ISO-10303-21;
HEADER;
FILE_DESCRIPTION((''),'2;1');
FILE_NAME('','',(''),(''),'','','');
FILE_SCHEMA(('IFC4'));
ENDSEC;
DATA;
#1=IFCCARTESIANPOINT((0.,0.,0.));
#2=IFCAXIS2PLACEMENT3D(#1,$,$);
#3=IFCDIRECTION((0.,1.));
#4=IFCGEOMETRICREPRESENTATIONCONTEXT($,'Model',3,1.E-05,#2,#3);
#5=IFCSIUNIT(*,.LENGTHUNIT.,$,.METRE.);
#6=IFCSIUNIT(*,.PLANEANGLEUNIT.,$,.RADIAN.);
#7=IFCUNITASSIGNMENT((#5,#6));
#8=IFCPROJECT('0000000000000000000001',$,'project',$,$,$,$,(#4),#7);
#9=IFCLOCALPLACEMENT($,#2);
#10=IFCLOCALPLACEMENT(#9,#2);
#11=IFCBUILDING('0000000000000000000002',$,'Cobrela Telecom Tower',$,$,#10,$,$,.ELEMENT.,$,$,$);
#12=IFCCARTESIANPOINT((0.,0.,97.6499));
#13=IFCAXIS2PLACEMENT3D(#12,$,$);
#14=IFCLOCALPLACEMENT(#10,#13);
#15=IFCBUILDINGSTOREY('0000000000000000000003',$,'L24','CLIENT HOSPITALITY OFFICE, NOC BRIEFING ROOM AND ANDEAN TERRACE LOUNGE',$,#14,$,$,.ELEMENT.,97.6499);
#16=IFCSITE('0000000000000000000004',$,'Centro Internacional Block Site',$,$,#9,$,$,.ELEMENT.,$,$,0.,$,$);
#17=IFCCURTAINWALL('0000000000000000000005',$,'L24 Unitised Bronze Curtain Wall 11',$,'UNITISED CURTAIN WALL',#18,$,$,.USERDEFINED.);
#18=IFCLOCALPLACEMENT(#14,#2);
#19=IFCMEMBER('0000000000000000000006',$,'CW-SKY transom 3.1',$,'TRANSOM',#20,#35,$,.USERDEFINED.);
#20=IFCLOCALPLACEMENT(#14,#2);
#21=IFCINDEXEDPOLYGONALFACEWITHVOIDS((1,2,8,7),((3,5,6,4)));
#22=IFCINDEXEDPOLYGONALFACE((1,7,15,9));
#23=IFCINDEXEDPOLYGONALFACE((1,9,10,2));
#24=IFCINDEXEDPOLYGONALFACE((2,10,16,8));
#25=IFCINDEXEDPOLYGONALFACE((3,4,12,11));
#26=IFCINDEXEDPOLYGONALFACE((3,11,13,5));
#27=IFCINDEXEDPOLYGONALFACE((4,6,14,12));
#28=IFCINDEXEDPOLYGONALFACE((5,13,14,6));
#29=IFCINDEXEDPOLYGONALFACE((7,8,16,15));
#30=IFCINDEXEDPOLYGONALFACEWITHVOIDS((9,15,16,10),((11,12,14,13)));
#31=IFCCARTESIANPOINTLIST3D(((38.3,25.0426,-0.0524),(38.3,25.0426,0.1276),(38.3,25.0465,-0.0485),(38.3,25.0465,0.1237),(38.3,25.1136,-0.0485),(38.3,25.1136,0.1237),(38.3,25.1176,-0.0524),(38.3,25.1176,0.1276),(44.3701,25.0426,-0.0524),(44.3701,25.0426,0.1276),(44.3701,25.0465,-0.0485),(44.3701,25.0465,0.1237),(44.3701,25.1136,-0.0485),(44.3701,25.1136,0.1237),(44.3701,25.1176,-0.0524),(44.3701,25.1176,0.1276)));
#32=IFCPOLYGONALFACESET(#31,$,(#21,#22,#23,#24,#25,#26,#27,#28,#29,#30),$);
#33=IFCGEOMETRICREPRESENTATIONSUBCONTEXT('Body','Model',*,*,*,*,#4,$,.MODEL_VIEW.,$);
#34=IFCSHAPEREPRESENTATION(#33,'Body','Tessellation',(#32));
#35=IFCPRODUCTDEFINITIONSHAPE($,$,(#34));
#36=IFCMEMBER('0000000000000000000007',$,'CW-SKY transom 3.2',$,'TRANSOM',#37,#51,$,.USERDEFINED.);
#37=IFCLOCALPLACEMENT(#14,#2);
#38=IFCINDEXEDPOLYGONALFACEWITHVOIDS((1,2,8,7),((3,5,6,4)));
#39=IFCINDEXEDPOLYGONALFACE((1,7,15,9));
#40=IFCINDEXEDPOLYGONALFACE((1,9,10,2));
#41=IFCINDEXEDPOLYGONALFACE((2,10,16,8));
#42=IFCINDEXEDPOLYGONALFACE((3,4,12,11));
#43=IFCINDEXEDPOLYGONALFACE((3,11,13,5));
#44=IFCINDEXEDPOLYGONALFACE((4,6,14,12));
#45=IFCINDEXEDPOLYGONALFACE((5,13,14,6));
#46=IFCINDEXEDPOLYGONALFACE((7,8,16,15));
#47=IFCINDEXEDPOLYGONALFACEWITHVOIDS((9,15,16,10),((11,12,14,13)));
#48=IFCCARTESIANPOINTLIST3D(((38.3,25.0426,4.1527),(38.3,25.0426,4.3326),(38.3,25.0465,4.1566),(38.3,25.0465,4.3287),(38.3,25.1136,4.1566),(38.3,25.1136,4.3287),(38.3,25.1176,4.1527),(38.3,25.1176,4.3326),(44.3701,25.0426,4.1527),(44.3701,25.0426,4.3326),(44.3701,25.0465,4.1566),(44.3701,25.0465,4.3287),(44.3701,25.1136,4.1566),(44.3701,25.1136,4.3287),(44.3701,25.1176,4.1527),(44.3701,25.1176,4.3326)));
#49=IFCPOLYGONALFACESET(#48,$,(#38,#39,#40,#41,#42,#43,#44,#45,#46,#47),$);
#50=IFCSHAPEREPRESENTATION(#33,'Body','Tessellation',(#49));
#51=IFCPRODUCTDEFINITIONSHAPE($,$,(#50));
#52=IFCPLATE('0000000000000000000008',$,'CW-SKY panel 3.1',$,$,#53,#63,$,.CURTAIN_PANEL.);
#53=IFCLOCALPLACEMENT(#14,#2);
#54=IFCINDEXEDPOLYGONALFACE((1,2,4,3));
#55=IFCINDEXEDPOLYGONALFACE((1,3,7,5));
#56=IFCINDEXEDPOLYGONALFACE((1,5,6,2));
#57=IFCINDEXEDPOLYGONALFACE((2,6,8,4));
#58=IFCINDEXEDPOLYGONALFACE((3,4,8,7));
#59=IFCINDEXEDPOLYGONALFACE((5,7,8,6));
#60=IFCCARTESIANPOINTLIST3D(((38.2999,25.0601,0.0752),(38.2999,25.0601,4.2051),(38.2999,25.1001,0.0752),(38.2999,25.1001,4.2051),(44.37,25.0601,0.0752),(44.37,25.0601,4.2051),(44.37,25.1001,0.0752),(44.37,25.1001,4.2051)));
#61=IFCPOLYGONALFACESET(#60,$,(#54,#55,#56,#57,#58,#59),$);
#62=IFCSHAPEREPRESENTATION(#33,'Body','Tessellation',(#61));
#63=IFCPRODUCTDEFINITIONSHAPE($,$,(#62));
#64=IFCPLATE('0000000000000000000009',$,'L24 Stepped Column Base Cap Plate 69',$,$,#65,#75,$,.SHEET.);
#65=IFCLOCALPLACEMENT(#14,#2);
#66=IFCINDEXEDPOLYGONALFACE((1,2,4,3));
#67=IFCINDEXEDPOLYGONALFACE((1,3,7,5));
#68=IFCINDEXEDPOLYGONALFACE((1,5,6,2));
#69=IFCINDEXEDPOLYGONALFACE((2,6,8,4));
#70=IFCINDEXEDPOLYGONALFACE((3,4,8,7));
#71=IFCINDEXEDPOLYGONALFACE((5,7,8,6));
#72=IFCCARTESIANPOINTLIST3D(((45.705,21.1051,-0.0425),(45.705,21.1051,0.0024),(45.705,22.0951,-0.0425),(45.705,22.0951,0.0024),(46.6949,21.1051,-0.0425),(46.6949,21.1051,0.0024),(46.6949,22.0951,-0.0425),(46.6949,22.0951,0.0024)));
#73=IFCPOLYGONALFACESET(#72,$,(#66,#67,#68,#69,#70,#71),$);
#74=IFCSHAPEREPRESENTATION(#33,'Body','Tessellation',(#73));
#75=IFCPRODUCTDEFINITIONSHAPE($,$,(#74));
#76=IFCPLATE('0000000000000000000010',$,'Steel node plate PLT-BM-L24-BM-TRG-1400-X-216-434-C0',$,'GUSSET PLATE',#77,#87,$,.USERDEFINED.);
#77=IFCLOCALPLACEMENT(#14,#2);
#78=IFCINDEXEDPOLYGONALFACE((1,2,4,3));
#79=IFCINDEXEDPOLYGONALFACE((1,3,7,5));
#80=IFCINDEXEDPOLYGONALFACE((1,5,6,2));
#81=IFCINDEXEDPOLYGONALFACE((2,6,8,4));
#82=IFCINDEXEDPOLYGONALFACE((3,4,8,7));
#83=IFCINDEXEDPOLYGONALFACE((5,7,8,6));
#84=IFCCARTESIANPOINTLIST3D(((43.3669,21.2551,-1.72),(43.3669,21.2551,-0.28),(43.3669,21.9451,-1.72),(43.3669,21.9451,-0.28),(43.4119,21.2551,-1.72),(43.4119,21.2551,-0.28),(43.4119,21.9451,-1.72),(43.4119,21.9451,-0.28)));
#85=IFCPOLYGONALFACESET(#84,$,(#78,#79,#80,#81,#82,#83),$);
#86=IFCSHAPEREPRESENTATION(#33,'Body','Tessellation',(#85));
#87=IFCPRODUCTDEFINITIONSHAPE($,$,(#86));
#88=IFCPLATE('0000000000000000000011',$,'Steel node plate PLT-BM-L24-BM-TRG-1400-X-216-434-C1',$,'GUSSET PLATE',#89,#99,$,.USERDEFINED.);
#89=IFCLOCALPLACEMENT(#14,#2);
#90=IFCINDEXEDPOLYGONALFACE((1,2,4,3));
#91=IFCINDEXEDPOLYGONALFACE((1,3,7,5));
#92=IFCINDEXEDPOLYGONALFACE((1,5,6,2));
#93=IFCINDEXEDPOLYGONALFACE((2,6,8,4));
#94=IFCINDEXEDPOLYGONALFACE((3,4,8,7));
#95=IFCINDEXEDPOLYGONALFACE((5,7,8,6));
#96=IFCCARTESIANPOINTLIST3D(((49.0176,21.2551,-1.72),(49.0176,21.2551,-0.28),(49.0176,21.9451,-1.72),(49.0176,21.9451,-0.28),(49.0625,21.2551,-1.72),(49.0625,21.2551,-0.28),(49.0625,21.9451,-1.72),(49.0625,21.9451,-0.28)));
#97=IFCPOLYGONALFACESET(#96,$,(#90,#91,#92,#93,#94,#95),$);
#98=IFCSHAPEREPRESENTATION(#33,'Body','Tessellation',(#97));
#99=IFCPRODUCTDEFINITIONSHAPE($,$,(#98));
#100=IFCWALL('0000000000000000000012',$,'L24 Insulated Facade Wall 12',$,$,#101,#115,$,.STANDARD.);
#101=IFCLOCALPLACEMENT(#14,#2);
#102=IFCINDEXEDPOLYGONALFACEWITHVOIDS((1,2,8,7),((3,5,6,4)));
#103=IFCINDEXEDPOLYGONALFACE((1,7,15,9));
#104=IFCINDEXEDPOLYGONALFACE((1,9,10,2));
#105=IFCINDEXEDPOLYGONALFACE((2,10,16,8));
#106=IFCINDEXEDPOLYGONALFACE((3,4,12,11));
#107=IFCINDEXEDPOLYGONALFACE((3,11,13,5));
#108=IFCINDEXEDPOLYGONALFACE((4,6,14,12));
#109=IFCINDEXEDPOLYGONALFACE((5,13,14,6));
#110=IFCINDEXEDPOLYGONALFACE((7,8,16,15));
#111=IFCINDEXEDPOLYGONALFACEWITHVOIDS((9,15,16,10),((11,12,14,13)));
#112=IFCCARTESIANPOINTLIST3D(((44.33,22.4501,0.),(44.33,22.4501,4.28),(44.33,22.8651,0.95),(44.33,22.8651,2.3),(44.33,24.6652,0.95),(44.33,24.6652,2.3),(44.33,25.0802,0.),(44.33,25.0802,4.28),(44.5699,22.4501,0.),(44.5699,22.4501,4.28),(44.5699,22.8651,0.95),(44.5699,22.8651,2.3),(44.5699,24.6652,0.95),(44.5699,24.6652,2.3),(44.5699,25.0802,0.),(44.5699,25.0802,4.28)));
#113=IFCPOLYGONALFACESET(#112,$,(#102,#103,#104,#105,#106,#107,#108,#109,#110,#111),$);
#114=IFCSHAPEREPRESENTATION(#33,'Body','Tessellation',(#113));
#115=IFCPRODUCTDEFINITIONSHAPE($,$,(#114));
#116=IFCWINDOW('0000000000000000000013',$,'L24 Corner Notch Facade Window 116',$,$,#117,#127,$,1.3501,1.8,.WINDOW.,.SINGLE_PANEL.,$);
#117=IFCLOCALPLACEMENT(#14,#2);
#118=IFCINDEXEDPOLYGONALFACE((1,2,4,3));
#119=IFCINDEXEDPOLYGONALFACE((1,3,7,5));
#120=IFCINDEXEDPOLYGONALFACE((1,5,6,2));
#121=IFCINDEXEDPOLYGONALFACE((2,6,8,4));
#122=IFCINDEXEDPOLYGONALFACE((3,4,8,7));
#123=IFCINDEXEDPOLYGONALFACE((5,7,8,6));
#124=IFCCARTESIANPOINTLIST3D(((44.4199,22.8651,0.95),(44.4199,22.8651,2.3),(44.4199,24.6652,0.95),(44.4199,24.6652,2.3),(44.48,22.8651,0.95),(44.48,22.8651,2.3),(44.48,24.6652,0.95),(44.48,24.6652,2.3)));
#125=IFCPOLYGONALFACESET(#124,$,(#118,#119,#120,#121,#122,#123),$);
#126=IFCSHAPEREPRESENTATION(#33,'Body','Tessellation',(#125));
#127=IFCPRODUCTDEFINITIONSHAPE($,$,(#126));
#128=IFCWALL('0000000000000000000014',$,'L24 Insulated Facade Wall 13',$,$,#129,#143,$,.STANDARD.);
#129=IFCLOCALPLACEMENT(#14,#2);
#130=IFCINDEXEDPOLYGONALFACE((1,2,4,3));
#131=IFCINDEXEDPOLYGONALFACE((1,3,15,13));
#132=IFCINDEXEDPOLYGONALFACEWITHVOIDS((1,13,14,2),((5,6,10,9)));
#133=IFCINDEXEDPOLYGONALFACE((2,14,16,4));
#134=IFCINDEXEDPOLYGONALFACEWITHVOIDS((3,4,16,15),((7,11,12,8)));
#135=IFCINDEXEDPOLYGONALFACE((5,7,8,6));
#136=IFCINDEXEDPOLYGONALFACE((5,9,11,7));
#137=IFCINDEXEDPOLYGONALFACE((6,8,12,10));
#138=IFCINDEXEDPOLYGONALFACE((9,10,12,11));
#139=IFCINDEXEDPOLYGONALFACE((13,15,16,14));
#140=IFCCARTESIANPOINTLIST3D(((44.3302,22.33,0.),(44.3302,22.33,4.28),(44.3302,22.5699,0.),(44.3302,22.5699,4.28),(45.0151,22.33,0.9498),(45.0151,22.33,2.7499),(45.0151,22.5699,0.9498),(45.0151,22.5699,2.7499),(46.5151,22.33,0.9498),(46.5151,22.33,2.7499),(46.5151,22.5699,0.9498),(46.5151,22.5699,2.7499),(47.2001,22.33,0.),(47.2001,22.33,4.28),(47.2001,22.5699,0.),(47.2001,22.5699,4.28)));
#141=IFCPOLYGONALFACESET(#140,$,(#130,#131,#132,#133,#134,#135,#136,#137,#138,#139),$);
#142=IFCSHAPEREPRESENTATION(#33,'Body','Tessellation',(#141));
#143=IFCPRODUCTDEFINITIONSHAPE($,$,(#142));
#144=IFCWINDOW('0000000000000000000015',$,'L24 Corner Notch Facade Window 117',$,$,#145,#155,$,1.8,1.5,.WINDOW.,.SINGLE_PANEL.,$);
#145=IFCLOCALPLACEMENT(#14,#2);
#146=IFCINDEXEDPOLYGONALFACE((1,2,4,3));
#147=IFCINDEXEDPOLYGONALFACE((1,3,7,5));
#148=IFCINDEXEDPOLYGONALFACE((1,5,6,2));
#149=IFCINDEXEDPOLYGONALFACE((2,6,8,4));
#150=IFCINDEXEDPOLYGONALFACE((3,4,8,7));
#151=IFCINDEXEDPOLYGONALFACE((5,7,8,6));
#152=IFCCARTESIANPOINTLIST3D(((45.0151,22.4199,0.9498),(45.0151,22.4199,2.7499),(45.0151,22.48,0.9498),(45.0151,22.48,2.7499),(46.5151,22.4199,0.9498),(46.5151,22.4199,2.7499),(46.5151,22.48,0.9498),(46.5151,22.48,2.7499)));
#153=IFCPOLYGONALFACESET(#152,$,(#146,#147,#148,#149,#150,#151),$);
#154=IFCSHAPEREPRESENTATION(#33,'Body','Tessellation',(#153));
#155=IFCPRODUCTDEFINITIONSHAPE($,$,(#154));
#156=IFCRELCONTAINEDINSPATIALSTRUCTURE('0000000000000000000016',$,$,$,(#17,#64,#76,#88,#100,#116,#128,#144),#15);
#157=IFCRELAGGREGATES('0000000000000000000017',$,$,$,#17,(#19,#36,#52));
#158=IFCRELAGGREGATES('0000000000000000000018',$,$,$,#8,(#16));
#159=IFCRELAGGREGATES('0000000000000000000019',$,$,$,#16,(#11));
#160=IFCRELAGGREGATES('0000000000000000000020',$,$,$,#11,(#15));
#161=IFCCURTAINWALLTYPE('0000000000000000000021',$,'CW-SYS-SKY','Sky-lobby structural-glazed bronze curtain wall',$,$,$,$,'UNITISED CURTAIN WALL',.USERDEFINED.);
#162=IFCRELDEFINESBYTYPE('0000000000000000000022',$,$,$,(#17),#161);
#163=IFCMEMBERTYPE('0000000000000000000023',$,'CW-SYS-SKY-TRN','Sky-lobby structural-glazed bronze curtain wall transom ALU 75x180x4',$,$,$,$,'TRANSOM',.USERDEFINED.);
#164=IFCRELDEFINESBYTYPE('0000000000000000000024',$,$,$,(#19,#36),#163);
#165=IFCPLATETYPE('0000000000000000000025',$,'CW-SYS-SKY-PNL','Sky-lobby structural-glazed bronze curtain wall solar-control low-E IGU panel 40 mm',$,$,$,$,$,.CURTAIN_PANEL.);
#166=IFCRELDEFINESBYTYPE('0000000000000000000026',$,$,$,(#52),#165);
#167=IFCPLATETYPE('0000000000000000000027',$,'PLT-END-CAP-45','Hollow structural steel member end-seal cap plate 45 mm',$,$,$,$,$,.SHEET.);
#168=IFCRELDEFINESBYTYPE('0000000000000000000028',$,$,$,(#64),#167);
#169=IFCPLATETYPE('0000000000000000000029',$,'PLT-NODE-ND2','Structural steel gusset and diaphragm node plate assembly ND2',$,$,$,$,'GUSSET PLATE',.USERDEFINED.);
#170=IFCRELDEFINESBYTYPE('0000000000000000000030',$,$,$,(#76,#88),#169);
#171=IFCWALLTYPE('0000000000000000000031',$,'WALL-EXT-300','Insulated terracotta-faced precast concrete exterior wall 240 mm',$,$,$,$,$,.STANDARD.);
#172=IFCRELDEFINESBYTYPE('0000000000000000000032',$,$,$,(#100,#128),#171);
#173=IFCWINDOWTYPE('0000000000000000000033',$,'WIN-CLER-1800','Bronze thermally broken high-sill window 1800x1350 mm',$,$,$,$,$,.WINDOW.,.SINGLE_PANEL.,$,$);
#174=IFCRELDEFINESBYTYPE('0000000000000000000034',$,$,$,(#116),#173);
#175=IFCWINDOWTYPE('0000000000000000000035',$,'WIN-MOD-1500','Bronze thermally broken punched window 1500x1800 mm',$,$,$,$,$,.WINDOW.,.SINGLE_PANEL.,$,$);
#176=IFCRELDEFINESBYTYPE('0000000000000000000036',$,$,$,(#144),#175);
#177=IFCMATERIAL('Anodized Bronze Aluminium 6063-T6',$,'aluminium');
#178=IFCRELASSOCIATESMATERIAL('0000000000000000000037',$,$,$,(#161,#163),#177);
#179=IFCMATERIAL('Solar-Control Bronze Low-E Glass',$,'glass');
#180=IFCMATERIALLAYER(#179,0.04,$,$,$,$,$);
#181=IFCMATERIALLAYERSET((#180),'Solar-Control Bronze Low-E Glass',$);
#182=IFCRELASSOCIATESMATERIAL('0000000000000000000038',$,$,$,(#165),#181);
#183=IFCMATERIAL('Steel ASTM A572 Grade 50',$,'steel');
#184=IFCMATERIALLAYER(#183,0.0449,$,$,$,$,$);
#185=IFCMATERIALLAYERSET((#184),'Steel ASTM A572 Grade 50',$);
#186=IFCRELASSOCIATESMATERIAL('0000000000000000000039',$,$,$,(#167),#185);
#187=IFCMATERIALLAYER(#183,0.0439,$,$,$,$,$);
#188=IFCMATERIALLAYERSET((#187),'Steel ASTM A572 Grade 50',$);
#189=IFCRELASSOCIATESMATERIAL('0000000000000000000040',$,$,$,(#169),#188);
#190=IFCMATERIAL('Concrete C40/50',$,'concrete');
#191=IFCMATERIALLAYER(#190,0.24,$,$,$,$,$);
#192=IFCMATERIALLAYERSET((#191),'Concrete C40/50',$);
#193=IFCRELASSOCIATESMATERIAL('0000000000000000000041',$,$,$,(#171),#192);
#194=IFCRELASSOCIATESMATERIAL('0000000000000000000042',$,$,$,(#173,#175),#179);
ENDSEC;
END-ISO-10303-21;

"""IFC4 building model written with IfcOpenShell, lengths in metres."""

from ifc_helpers import new_model, si_unit, direction, frame, frame_2d, origin, origin_2d, place, context, subcontext, project, spatial, rectangle, hollow_rectangle, extrude, material, layer, layer_set, material_profile, profile_set, type_object, element, fill, aggregate, save


model = new_model("IFC4")

# Units and contexts
model_context = context("Model", 3, precision=1e-05, world=origin(), true_north=direction((0.0, 1.0)))
body_context = subcontext(model_context, "Body", "Model", "MODEL_VIEW")
ifc_project = project(units=[si_unit("LENGTHUNIT", "METRE"), si_unit("PLANEANGLEUNIT", "RADIAN")], contexts=[model_context])

# Site, building, storey
site_placement = place(None, origin())
site = spatial("IfcSite", under=ifc_project, at=site_placement, Name="Centro Internacional Block Site", CompositionType="ELEMENT", RefElevation=0.0)
building_placement = place(site_placement, origin())
building = spatial("IfcBuilding", under=site, at=building_placement, Name="Cobrela Telecom Tower", CompositionType="ELEMENT")
storey_placement = place(building_placement, frame((0.0, 0.0, 97.6499)))
storey = spatial("IfcBuildingStorey", under=building, at=storey_placement, Name="L24", Description="CLIENT HOSPITALITY OFFICE, NOC BRIEFING ROOM AND ANDEAN TERRACE LOUNGE", CompositionType="ELEMENT", Elevation=97.6499)

# Shared definitions
ifc_material_1 = material(Name="Steel ASTM A572 Grade 50", Category="steel")

# Curtain wall, members, plate
ifc_material_2 = material(Name="Anodized Bronze Aluminium 6063-T6", Category="aluminium")
curtain_wall_type = type_object("IfcCurtainWallType", Name="CW-SYS-SKY", Description="Sky-lobby structural-glazed bronze curtain wall", ElementType="UNITISED CURTAIN WALL", PredefinedType="USERDEFINED", material=ifc_material_2)
curtain_wall_placement = place(storey_placement, origin())
curtain_wall = element("IfcCurtainWall", 1, at=curtain_wall_placement, inside=storey, type_object=curtain_wall_type, Name="L24 Unitised Bronze Curtain Wall 11", ObjectType="UNITISED CURTAIN WALL", PredefinedType="USERDEFINED")
ifc_material_profile_1 = material_profile(ifc_material_2, hollow_rectangle(XDim=0.075, YDim=0.1799, WallThickness=0.0039, at=origin_2d()), Name="ALU 75x180x4")
ifc_profile_set_1 = profile_set([ifc_material_profile_1], Name="Anodized Bronze Aluminium 6063-T6")
member_type_1 = type_object("IfcMemberType", Name="CW-SYS-SKY-TRN", Description="Sky-lobby structural-glazed bronze curtain wall transom ALU 75x180x4", ElementType="TRANSOM", PredefinedType="USERDEFINED", material=ifc_profile_set_1)
member_1_placement = place(storey_placement, frame((38.3, 25.0801, 0.0376), z_axis=(1.0, 0.0, 0.0), x_axis=(0.0, 1.0, 0.0)))
member_1 = element("IfcMember", 2, at=member_1_placement, type_object=member_type_1, Name="CW-SKY transom 3.1", ObjectType="TRANSOM", PredefinedType="USERDEFINED", context=body_context, shape_type="SweptSolid", body=[
    extrude(hollow_rectangle(XDim=0.075, YDim=0.1799, WallThickness=0.0039, at=origin_2d()), origin(), (0.0, 0.0, 1.0), 6.0701),
])
member_2_placement = place(storey_placement, frame((38.3, 25.0801, 4.2427), z_axis=(1.0, 0.0, 0.0), x_axis=(0.0, 1.0, 0.0)))
member_2 = element("IfcMember", 3, at=member_2_placement, type_object=member_type_1, Name="CW-SKY transom 3.2", ObjectType="TRANSOM", PredefinedType="USERDEFINED", context=body_context, shape_type="SweptSolid", body=[
    extrude(hollow_rectangle(XDim=0.075, YDim=0.1799, WallThickness=0.0039, at=origin_2d()), origin(), (0.0, 0.0, 1.0), 6.0701),
])
ifc_material_3 = material(Name="Solar-Control Bronze Low-E Glass", Category="glass")
ifc_layer_1 = layer(ifc_material_3, 0.04)
ifc_layer_set_1 = layer_set([ifc_layer_1], Name="Solar-Control Bronze Low-E Glass")
plate_type_1 = type_object("IfcPlateType", Name="CW-SYS-SKY-PNL", Description="Sky-lobby structural-glazed bronze curtain wall solar-control low-E IGU panel 40 mm", PredefinedType="CURTAIN_PANEL", material=ifc_layer_set_1)
plate_1_placement = place(storey_placement, frame((41.335, 25.0801, 0.0752), z_axis=(0.0, 0.0, 1.0), x_axis=(1.0, 0.0, 0.0)))
plate_1 = element("IfcPlate", 4, at=plate_1_placement, type_object=plate_type_1, Name="CW-SKY panel 3.1", PredefinedType="CURTAIN_PANEL", context=body_context, shape_type="SweptSolid", body=[
    extrude(rectangle(XDim=6.0701, YDim=0.04, at=origin_2d()), origin(), (0.0, 0.0, 1.0), 4.1299),
])
aggregate(curtain_wall, [member_1, member_2, plate_1])

# Plates
ifc_layer_2 = layer(ifc_material_1, 0.0449)
ifc_layer_set_2 = layer_set([ifc_layer_2], Name="Steel ASTM A572 Grade 50")
plate_type_2 = type_object("IfcPlateType", Name="PLT-END-CAP-45", Description="Hollow structural steel member end-seal cap plate 45 mm", PredefinedType="SHEET", material=ifc_layer_set_2)
plate_2_placement = place(storey_placement, frame((46.2, 21.6001, -0.0425), z_axis=(0.0, 0.0, 1.0), x_axis=(1.0, 0.0, 0.0)))
element("IfcPlate", 5, at=plate_2_placement, inside=storey, type_object=plate_type_2, Name="L24 Stepped Column Base Cap Plate 69", PredefinedType="SHEET", context=body_context, shape_type="SweptSolid", body=[
    extrude(rectangle(XDim=0.99, YDim=0.99, at=origin_2d()), origin(), (0.0, 0.0, 1.0), 0.0449),
])
ifc_layer_3 = layer(ifc_material_1, 0.0439)
ifc_layer_set_3 = layer_set([ifc_layer_3], Name="Steel ASTM A572 Grade 50")
plate_type_3 = type_object("IfcPlateType", Name="PLT-NODE-ND2", Description="Structural steel gusset and diaphragm node plate assembly ND2", ElementType="GUSSET PLATE", PredefinedType="USERDEFINED", material=ifc_layer_set_3)
for number, where, z_axis, x_axis, name in (
    (6, (43.3894, 21.6001, -1.72), (0.0, 0.0, 1.0), (1.0, 0.0, 0.0), "Steel node plate PLT-BM-L24-BM-TRG-1400-X-216-434-C0"),
    (7, (49.04, 21.6001, -1.72), (0.0, 0.0, 1.0), (1.0, 0.0, 0.0), "Steel node plate PLT-BM-L24-BM-TRG-1400-X-216-434-C1"),
):
    element("IfcPlate", number, at=place(storey_placement, frame(where, z_axis=z_axis, x_axis=x_axis)), inside=storey, type_object=plate_type_3, Name=name, ObjectType="GUSSET PLATE", PredefinedType="USERDEFINED", context=body_context, shape_type="SweptSolid", body=[
        extrude(rectangle(XDim=0.0449, YDim=0.6899, at=origin_2d()), origin(), (0.0, 0.0, 1.0), 1.4399),
    ])

# Walls, openings, windows
ifc_material_4 = material(Name="Concrete C40/50", Category="concrete")
ifc_layer_4 = layer(ifc_material_4, 0.24)
ifc_layer_set_4 = layer_set([ifc_layer_4], Name="Concrete C40/50")
wall_type = type_object("IfcWallType", Name="WALL-EXT-300", Description="Insulated terracotta-faced precast concrete exterior wall 240 mm", PredefinedType="STANDARD", material=ifc_layer_set_4)
wall_1_placement = place(storey_placement, frame((44.45, 25.0801, 0.0), z_axis=(0.0, 0.0, 1.0), x_axis=(0.0, -1.0, 0.0)))
wall_1 = element("IfcWall", 8, at=wall_1_placement, inside=storey, type_object=wall_type, Name="L24 Insulated Facade Wall 12", PredefinedType="STANDARD", context=body_context, shape_type="SweptSolid", body=[
    extrude(rectangle(XDim=2.6301, YDim=0.24, at=frame_2d((1.3149, 0.0))), origin(), (0.0, 0.0, 1.0), 4.28),
])
opening_1_placement = place(wall_1_placement, frame((0.415, 0.0, 0.95)))
opening_1 = element("IfcOpeningElement", 9, at=opening_1_placement, cuts=wall_1, PredefinedType="OPENING", context=body_context, shape_type="SweptSolid", body=[
    extrude(rectangle(XDim=1.8, YDim=1.3501, at=frame_2d((0.8999, 0.675))), frame((0.0, 0.1318, 0.0), z_axis=(0.0, -1.0, 0.0), x_axis=(1.0, 0.0, 0.0)), (0.0, 0.0, 1.0), 0.2639),
])
window_type_1 = type_object("IfcWindowType", Name="WIN-CLER-1800", Description="Bronze thermally broken high-sill window 1800x1350 mm", PartitioningType="SINGLE_PANEL", PredefinedType="WINDOW", material=ifc_material_3)
window_1_placement = place(opening_1_placement, origin())
window_1 = element("IfcWindow", 10, at=window_1_placement, inside=storey, type_object=window_type_1, Name="L24 Corner Notch Facade Window 116", OverallHeight=1.3501, OverallWidth=1.8, PartitioningType="SINGLE_PANEL", PredefinedType="WINDOW", context=body_context, shape_type="SweptSolid", body=[
    extrude(rectangle(XDim=1.8, YDim=1.3501, at=frame_2d((0.8999, 0.675))), frame((0.0, 0.03, 0.0), z_axis=(0.0, -1.0, 0.0), x_axis=(1.0, 0.0, 0.0)), (0.0, 0.0, 1.0), 0.0601),
])
fill(opening_1, window_1)
wall_2_placement = place(storey_placement, frame((44.3301, 22.45, 0.0), z_axis=(0.0, 0.0, 1.0), x_axis=(1.0, 0.0, 0.0)))
wall_2 = element("IfcWall", 11, at=wall_2_placement, inside=storey, type_object=wall_type, Name="L24 Insulated Facade Wall 13", PredefinedType="STANDARD", context=body_context, shape_type="SweptSolid", body=[
    extrude(rectangle(XDim=2.8699, YDim=0.24, at=frame_2d((1.4351, 0.0))), origin(), (0.0, 0.0, 1.0), 4.28),
])
opening_2_placement = place(wall_2_placement, frame((0.6851, 0.0, 0.95)))
opening_2 = element("IfcOpeningElement", 12, at=opening_2_placement, cuts=wall_2, PredefinedType="OPENING", context=body_context, shape_type="SweptSolid", body=[
    extrude(rectangle(XDim=1.5, YDim=1.8, at=frame_2d((0.75, 0.8999))), frame((0.0, 0.1318, 0.0), z_axis=(0.0, -1.0, 0.0), x_axis=(1.0, 0.0, 0.0)), (0.0, 0.0, 1.0), 0.2639),
])
window_type_2 = type_object("IfcWindowType", Name="WIN-MOD-1500", Description="Bronze thermally broken punched window 1500x1800 mm", PartitioningType="SINGLE_PANEL", PredefinedType="WINDOW", material=ifc_material_3)
window_2_placement = place(opening_2_placement, origin())
window_2 = element("IfcWindow", 13, at=window_2_placement, inside=storey, type_object=window_type_2, Name="L24 Corner Notch Facade Window 117", OverallHeight=1.8, OverallWidth=1.5, PartitioningType="SINGLE_PANEL", PredefinedType="WINDOW", context=body_context, shape_type="SweptSolid", body=[
    extrude(rectangle(XDim=1.5, YDim=1.8, at=frame_2d((0.75, 0.8999))), frame((0.0, 0.03, 0.0), z_axis=(0.0, -1.0, 0.0), x_axis=(1.0, 0.0, 0.0)), (0.0, 0.0, 1.0), 0.0601),
])
fill(opening_2, window_2)

save(model, "model.ifc")
